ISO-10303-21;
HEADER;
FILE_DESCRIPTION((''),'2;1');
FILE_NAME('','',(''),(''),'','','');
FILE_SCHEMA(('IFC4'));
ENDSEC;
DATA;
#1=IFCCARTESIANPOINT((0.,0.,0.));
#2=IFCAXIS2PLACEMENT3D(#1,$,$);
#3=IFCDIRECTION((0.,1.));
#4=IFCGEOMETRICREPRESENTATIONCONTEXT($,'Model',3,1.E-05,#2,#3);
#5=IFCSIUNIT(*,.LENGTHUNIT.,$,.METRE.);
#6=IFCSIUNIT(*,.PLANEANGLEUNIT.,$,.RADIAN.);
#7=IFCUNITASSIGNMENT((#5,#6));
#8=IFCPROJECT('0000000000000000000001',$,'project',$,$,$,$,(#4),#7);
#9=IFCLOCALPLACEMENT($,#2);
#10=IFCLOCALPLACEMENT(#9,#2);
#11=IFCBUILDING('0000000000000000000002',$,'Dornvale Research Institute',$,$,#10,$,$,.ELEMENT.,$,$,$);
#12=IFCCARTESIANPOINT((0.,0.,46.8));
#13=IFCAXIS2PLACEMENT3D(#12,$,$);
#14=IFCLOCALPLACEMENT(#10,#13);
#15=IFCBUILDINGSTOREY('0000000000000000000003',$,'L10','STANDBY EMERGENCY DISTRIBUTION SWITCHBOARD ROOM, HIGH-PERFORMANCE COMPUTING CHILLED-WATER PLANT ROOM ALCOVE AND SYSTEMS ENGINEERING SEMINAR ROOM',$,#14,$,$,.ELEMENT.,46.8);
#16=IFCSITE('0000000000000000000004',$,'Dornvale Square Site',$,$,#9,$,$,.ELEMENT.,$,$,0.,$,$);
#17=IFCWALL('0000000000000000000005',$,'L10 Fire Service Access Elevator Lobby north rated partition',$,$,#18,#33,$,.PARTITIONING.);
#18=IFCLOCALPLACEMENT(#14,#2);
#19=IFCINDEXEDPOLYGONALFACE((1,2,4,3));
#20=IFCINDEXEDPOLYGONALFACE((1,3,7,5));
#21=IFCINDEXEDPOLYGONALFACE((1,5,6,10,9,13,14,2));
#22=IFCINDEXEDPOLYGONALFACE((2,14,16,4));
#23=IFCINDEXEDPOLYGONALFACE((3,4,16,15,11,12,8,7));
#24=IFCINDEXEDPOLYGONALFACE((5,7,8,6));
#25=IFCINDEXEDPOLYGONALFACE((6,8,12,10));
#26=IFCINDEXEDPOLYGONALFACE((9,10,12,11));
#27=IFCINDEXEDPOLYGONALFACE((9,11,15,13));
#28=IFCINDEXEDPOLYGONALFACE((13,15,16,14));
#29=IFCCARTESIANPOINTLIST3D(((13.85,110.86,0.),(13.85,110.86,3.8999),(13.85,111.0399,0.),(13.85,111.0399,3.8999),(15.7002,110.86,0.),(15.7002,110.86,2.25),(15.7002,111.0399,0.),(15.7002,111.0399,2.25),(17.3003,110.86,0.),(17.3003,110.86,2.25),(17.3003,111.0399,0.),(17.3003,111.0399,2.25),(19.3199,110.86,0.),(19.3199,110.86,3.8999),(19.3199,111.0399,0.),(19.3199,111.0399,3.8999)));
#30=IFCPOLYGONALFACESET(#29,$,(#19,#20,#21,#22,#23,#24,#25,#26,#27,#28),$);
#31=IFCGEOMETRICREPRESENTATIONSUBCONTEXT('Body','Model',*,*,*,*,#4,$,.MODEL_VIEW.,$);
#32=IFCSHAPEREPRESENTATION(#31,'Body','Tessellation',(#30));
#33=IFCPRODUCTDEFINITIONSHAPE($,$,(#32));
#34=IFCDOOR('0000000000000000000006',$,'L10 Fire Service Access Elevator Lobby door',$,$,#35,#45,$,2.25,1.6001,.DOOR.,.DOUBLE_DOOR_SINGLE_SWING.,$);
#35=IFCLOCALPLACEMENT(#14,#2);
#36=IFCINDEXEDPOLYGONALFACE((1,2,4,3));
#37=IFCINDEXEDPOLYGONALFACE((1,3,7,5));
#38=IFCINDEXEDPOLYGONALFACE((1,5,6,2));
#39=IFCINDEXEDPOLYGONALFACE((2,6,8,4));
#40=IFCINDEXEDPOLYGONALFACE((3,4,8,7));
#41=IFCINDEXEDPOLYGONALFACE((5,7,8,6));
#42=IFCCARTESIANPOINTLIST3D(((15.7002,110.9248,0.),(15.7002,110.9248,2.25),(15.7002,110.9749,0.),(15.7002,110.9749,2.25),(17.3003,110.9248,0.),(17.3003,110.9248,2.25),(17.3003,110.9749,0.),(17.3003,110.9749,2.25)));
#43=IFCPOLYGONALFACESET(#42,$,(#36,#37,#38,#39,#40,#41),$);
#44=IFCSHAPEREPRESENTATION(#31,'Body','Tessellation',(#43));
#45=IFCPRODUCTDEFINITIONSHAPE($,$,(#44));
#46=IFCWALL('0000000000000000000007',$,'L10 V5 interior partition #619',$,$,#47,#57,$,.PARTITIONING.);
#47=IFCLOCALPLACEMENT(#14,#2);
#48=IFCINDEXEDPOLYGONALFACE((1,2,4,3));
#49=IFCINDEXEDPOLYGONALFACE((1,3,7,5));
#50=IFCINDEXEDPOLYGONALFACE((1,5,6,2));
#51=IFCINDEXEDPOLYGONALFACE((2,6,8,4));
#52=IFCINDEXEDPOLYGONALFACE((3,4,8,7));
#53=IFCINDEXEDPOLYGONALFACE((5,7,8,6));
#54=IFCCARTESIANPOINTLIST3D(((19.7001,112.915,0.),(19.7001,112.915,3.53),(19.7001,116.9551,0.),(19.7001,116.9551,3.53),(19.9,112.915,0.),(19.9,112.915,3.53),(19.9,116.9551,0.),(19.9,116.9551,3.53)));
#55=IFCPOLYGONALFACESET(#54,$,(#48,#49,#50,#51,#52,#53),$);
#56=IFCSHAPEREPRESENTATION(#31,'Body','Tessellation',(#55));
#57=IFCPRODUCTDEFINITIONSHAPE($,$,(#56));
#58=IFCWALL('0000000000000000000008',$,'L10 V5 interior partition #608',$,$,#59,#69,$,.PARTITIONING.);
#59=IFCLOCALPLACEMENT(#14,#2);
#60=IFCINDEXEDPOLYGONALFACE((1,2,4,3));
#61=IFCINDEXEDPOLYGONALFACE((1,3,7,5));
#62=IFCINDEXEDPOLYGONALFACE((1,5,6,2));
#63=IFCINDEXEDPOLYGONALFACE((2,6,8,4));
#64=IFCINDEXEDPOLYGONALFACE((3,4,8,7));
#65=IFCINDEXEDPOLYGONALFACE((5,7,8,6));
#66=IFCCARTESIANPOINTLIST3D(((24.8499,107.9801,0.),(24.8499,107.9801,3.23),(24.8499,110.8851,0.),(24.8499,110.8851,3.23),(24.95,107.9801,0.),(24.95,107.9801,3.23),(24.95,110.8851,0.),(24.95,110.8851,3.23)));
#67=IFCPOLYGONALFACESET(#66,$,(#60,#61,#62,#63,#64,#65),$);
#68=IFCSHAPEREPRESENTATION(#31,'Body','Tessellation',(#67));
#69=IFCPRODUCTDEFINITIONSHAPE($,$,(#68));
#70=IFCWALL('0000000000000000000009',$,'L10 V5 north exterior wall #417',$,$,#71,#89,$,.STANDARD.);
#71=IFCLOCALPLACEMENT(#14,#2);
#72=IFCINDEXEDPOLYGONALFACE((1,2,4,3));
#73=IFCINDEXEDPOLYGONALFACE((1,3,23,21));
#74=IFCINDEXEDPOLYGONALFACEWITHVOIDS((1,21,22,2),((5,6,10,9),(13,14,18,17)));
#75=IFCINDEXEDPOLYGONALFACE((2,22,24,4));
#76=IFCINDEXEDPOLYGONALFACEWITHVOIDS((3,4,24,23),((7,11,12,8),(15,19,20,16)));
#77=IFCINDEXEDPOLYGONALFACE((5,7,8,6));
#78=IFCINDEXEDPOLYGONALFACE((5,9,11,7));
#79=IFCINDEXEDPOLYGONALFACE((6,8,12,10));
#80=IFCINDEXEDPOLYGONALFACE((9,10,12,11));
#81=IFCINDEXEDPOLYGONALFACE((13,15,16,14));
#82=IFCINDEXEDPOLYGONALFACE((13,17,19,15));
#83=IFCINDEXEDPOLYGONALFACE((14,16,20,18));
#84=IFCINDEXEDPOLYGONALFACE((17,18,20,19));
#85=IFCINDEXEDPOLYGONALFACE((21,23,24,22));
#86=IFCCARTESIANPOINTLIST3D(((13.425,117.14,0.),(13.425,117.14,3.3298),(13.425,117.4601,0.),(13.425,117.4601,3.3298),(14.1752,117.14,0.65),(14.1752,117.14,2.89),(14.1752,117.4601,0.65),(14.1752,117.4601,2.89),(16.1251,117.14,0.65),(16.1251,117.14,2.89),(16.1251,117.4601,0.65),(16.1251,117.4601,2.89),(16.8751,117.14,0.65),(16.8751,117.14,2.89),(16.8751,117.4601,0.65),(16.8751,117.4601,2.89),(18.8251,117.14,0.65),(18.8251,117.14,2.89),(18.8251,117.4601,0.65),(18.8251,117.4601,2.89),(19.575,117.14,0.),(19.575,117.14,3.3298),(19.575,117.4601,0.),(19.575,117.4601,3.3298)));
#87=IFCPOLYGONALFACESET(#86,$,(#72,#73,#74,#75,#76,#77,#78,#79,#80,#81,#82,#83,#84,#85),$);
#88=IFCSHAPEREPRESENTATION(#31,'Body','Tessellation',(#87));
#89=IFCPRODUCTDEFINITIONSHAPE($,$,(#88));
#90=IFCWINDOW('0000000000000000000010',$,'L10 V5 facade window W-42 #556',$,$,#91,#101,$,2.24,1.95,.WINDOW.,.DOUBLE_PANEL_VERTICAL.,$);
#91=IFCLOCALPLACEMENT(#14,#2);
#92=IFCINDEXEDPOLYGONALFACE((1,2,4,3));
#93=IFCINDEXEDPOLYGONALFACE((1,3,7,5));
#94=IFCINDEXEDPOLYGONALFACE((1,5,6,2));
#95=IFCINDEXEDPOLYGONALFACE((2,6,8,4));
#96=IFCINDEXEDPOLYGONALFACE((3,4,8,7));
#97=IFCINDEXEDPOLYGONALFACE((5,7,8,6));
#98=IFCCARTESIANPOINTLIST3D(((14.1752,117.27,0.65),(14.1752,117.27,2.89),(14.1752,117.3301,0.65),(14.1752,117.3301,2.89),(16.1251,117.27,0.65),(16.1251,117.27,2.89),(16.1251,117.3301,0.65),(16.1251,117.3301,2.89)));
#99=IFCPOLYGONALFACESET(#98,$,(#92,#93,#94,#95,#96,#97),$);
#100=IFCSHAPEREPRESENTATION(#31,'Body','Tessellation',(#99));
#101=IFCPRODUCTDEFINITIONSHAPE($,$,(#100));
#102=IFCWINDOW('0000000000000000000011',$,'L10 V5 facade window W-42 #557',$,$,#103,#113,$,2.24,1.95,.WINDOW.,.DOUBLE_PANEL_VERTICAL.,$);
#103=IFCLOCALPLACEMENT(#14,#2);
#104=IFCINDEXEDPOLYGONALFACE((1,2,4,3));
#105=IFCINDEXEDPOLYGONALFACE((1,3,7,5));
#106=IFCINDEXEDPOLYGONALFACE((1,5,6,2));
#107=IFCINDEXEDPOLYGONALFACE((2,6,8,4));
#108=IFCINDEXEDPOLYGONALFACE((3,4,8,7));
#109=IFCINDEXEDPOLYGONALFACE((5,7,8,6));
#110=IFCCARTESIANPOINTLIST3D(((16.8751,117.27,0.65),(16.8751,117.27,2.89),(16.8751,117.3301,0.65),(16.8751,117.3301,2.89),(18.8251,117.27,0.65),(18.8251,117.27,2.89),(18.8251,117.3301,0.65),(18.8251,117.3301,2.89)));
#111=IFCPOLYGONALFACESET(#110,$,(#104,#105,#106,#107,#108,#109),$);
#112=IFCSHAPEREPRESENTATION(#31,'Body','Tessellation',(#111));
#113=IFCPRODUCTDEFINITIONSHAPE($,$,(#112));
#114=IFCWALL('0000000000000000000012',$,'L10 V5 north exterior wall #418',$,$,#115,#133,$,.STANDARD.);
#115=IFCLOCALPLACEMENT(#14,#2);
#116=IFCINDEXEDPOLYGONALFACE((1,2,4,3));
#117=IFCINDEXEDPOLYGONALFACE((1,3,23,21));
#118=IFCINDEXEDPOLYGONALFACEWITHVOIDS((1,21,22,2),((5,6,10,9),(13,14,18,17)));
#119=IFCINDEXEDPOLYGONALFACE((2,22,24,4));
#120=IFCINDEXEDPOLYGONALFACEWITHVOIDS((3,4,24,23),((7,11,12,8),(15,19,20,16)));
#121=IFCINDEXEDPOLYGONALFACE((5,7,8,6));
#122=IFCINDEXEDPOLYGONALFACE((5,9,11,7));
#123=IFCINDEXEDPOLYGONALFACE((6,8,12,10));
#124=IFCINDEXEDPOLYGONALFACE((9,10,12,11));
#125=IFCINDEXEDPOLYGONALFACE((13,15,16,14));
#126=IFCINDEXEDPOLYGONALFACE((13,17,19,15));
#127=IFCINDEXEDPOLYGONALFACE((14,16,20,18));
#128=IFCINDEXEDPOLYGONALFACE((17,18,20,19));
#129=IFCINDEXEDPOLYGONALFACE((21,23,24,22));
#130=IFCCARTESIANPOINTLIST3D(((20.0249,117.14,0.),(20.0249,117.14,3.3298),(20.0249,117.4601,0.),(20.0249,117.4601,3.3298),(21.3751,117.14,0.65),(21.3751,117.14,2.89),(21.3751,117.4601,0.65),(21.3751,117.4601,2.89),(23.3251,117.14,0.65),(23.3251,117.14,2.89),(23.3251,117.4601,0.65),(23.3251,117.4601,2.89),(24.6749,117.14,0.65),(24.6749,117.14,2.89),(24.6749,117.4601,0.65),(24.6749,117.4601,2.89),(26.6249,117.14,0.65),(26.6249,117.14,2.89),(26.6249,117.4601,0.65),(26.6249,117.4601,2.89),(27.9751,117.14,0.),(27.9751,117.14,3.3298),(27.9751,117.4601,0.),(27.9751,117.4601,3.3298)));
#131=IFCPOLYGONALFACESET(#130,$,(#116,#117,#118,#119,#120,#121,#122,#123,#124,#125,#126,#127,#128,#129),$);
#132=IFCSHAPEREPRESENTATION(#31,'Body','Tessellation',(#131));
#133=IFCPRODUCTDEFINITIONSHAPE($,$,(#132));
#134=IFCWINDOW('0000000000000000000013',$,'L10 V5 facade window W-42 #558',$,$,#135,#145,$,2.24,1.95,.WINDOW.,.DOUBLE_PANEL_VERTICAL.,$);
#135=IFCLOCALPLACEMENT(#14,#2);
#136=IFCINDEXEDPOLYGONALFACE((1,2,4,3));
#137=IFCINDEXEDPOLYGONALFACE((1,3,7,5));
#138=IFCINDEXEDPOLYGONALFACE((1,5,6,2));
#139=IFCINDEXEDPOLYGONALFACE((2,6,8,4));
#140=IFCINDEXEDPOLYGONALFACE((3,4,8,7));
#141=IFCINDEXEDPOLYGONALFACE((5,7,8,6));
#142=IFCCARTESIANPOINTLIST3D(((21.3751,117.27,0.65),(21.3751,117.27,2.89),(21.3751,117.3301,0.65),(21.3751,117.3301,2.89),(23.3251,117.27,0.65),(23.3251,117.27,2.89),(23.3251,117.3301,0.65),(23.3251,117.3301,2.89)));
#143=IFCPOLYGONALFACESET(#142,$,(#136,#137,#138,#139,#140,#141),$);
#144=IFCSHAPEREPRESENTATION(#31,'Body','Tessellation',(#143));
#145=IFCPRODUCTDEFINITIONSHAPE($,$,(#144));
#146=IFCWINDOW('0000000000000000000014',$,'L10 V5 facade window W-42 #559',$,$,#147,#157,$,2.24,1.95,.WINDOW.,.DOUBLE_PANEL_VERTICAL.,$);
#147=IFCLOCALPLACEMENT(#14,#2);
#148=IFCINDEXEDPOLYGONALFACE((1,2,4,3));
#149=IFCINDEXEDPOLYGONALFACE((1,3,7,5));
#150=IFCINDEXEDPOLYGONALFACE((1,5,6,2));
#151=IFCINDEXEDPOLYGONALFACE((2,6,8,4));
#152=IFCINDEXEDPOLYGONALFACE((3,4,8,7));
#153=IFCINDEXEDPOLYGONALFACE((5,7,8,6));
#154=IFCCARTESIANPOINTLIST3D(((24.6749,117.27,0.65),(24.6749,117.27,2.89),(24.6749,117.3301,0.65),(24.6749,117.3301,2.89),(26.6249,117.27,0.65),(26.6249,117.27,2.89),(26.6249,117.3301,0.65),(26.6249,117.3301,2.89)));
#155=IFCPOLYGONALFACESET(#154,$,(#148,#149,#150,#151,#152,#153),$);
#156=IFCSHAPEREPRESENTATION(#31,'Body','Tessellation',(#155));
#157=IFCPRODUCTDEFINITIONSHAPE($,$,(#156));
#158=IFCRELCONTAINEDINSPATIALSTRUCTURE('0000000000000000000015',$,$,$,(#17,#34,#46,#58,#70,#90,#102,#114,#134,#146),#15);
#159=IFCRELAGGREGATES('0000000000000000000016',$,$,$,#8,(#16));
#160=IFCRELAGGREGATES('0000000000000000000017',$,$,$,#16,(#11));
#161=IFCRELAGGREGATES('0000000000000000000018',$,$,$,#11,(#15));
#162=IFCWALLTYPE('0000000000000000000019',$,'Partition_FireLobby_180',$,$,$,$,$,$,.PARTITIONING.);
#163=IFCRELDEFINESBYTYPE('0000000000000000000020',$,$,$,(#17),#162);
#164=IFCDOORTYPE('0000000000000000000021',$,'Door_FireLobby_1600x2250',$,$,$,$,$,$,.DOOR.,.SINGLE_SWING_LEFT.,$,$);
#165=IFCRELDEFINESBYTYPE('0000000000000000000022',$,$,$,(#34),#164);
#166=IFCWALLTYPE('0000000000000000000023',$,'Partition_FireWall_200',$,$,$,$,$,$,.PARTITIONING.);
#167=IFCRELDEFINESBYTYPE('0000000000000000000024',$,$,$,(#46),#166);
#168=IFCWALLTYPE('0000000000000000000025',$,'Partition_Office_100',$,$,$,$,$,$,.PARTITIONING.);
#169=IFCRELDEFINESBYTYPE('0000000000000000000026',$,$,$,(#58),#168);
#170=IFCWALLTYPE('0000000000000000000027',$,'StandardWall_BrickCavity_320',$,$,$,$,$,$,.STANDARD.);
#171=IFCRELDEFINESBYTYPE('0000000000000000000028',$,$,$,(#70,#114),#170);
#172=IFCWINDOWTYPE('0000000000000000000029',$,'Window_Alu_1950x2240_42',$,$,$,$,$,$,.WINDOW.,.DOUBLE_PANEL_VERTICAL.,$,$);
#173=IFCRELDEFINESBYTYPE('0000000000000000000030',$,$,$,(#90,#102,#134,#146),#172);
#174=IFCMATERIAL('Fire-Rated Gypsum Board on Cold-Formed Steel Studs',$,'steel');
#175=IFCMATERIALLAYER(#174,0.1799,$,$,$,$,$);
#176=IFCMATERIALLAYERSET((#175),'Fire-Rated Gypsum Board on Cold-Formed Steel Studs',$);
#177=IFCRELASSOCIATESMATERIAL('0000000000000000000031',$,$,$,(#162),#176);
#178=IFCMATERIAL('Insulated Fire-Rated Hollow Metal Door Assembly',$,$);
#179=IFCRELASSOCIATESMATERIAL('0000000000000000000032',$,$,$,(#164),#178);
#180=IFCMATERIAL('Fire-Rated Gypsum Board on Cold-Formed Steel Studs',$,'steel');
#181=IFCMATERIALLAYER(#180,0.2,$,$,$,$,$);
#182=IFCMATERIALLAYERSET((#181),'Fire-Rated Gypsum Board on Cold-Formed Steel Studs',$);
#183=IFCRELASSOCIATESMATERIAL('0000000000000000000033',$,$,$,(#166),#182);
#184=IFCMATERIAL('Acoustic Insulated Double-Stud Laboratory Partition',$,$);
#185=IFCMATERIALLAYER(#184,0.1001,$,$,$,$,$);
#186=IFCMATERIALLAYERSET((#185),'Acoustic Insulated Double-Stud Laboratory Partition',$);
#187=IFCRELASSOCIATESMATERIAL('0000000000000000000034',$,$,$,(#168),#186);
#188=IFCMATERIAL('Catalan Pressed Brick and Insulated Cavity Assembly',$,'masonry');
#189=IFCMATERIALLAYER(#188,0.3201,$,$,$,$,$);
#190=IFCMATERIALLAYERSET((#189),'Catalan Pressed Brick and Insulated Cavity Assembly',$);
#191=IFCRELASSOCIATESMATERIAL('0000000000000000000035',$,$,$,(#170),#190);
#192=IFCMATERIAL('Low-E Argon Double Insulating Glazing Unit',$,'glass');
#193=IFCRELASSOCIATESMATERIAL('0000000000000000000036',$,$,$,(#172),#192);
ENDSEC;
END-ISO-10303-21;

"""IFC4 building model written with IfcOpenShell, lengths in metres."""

from ifc_helpers import new_model, si_unit, direction, frame, frame_2d, origin, place, context, subcontext, project, spatial, rectangle, extrude, material, layer, layer_set, type_object, element, fill, save


model = new_model("IFC4")

# Units and contexts
model_context = context("Model", 3, precision=1e-05, world=origin(), true_north=direction((0.0, 1.0)))
body_context = subcontext(model_context, "Body", "Model", "MODEL_VIEW")
ifc_project = project(units=[si_unit("LENGTHUNIT", "METRE"), si_unit("PLANEANGLEUNIT", "RADIAN")], contexts=[model_context])

# Site, building, storey
site_placement = place(None, origin())
site = spatial("IfcSite", under=ifc_project, at=site_placement, Name="Dornvale Square Site", CompositionType="ELEMENT", RefElevation=0.0)
building_placement = place(site_placement, origin())
building = spatial("IfcBuilding", under=site, at=building_placement, Name="Dornvale Research Institute", CompositionType="ELEMENT")
storey_placement = place(building_placement, frame((0.0, 0.0, 46.8)))
storey = spatial("IfcBuildingStorey", under=building, at=storey_placement, Name="L10", Description="STANDBY EMERGENCY DISTRIBUTION SWITCHBOARD ROOM, HIGH-PERFORMANCE COMPUTING CHILLED-WATER PLANT ROOM ALCOVE AND SYSTEMS ENGINEERING SEMINAR ROOM", CompositionType="ELEMENT", Elevation=46.8)

# Wall, opening, door
ifc_material_1 = material(Name="Fire-Rated Gypsum Board on Cold-Formed Steel Studs", Category="steel")
ifc_layer_1 = layer(ifc_material_1, 0.1799)
ifc_layer_set_1 = layer_set([ifc_layer_1], Name="Fire-Rated Gypsum Board on Cold-Formed Steel Studs")
wall_type_1 = type_object("IfcWallType", Name="Partition_FireLobby_180", PredefinedType="PARTITIONING", material=ifc_layer_set_1)
wall_1_placement = place(storey_placement, frame((13.8501, 110.95, 0.0), z_axis=(0.0, 0.0, 1.0), x_axis=(1.0, 0.0, 0.0)))
wall_1 = element("IfcWall", 1, at=wall_1_placement, inside=storey, type_object=wall_type_1, Name="L10 Fire Service Access Elevator Lobby north rated partition", PredefinedType="PARTITIONING", context=body_context, shape_type="SweptSolid", body=[
    extrude(rectangle(XDim=5.47, YDim=0.1799, at=frame_2d((2.7349, 0.0))), origin(), (0.0, 0.0, 1.0), 3.8999),
])
opening_1_placement = place(wall_1_placement, frame((1.8501, 0.0, 0.0)))
opening_1 = element("IfcOpeningElement", 2, at=opening_1_placement, cuts=wall_1, PredefinedType="OPENING", context=body_context, shape_type="SweptSolid", body=[
    extrude(rectangle(XDim=1.6001, YDim=2.25, at=frame_2d((0.8, 1.125))), frame((0.0, 0.105, 0.0), z_axis=(0.0, -1.0, 0.0), x_axis=(1.0, 0.0, 0.0)), (0.0, 0.0, 1.0), 0.21),
])
ifc_material_2 = material(Name="Insulated Fire-Rated Hollow Metal Door Assembly")
door_type_1 = type_object("IfcDoorType", Name="Door_FireLobby_1600x2250", OperationType="SINGLE_SWING_LEFT", PredefinedType="DOOR", material=ifc_material_2)
door_1_placement = place(opening_1_placement, origin())
door_1 = element("IfcDoor", 3, at=door_1_placement, inside=storey, type_object=door_type_1, Name="L10 Fire Service Access Elevator Lobby door", OperationType="DOUBLE_DOOR_SINGLE_SWING", OverallHeight=2.25, OverallWidth=1.6001, PredefinedType="DOOR", context=body_context, shape_type="SweptSolid", body=[
    extrude(rectangle(XDim=1.6001, YDim=2.25, at=frame_2d((0.8, 1.125))), frame((0.0, 0.0249, 0.0), z_axis=(0.0, -1.0, 0.0), x_axis=(1.0, 0.0, 0.0)), (0.0, 0.0, 1.0), 0.05),
])
fill(opening_1, door_1)

# Wall
ifc_material_3 = material(Name="Fire-Rated Gypsum Board on Cold-Formed Steel Studs", Category="steel")
ifc_layer_2 = layer(ifc_material_3, 0.2)
ifc_layer_set_2 = layer_set([ifc_layer_2], Name="Fire-Rated Gypsum Board on Cold-Formed Steel Studs")
wall_type_2 = type_object("IfcWallType", Name="Partition_FireWall_200", PredefinedType="PARTITIONING", material=ifc_layer_set_2)
wall_2_placement = place(storey_placement, frame((19.8, 112.915, 0.0), z_axis=(0.0, 0.0, 1.0), x_axis=(0.0, 1.0, 0.0)))
element("IfcWall", 4, at=wall_2_placement, inside=storey, type_object=wall_type_2, Name="L10 V5 interior partition #619", PredefinedType="PARTITIONING", context=body_context, shape_type="SweptSolid", body=[
    extrude(rectangle(XDim=4.04, YDim=0.2, at=frame_2d((2.02, 0.0))), origin(), (0.0, 0.0, 1.0), 3.53),
])

# Shared definitions
ifc_material_4 = material(Name="Acoustic Insulated Double-Stud Laboratory Partition")
ifc_layer_3 = layer(ifc_material_4, 0.1001)
ifc_layer_set_3 = layer_set([ifc_layer_3], Name="Acoustic Insulated Double-Stud Laboratory Partition")
wall_type_3 = type_object("IfcWallType", Name="Partition_Office_100", PredefinedType="PARTITIONING", material=ifc_layer_set_3)

# Wall
wall_3_placement = place(storey_placement, frame((24.8999, 107.98, 0.0), z_axis=(0.0, 0.0, 1.0), x_axis=(0.0, 1.0, 0.0)))
element("IfcWall", 5, at=wall_3_placement, inside=storey, type_object=wall_type_3, Name="L10 V5 interior partition #608", PredefinedType="PARTITIONING", context=body_context, shape_type="SweptSolid", body=[
    extrude(rectangle(XDim=2.905, YDim=0.1001, at=frame_2d((1.4526, 0.0))), origin(), (0.0, 0.0, 1.0), 3.23),
])

# Walls, openings, windows
ifc_material_5 = material(Name="Catalan Pressed Brick and Insulated Cavity Assembly", Category="masonry")
ifc_layer_4 = layer(ifc_material_5, 0.3201)
ifc_layer_set_4 = layer_set([ifc_layer_4], Name="Catalan Pressed Brick and Insulated Cavity Assembly")
wall_type_4 = type_object("IfcWallType", Name="StandardWall_BrickCavity_320", PredefinedType="STANDARD", material=ifc_layer_set_4)
wall_4_placement = place(storey_placement, frame((13.425, 117.3, 0.0), z_axis=(0.0, 0.0, 1.0), x_axis=(1.0, 0.0, 0.0)))
wall_4 = element("IfcWall", 6, at=wall_4_placement, inside=storey, type_object=wall_type_4, Name="L10 V5 north exterior wall #417", PredefinedType="STANDARD", context=body_context, shape_type="SweptSolid", body=[
    extrude(rectangle(XDim=6.1499, YDim=0.3201, at=frame_2d((3.075, 0.0))), origin(), (0.0, 0.0, 1.0), 3.3298),
])
opening_2_placement = place(wall_4_placement, frame((0.75, 0.0, 0.6499)))
opening_2 = element("IfcOpeningElement", 7, at=opening_2_placement, cuts=wall_4, PredefinedType="OPENING", context=body_context, shape_type="SweptSolid", body=[
    extrude(rectangle(XDim=1.95, YDim=2.24, at=frame_2d((0.9751, 1.1201))), frame((0.0, 0.175, 0.0), z_axis=(0.0, -1.0, 0.0), x_axis=(1.0, 0.0, 0.0)), (0.0, 0.0, 1.0), 0.3501),
])
opening_3_placement = place(wall_4_placement, frame((3.45, 0.0, 0.6499)))
opening_3 = element("IfcOpeningElement", 8, at=opening_3_placement, cuts=wall_4, PredefinedType="OPENING", context=body_context, shape_type="SweptSolid", body=[
    extrude(rectangle(XDim=1.95, YDim=2.24, at=frame_2d((0.9751, 1.1201))), frame((0.0, 0.175, 0.0), z_axis=(0.0, -1.0, 0.0), x_axis=(1.0, 0.0, 0.0)), (0.0, 0.0, 1.0), 0.3501),
])
ifc_material_6 = material(Name="Low-E Argon Double Insulating Glazing Unit", Category="glass")
window_type = type_object("IfcWindowType", Name="Window_Alu_1950x2240_42", PartitioningType="DOUBLE_PANEL_VERTICAL", PredefinedType="WINDOW", material=ifc_material_6)
window_1_placement = place(opening_2_placement, origin())
window_1 = element("IfcWindow", 9, at=window_1_placement, inside=storey, type_object=window_type, Name="L10 V5 facade window W-42 #556", OverallHeight=2.24, OverallWidth=1.95, PartitioningType="DOUBLE_PANEL_VERTICAL", PredefinedType="WINDOW", context=body_context, shape_type="SweptSolid", body=[
    extrude(rectangle(XDim=1.95, YDim=2.24, at=frame_2d((0.9751, 1.1201))), frame((0.0, 0.03, 0.0), z_axis=(0.0, -1.0, 0.0), x_axis=(1.0, 0.0, 0.0)), (0.0, 0.0, 1.0), 0.0601),
])
fill(opening_2, window_1)
window_2_placement = place(opening_3_placement, origin())
window_2 = element("IfcWindow", 10, at=window_2_placement, inside=storey, type_object=window_type, Name="L10 V5 facade window W-42 #557", OverallHeight=2.24, OverallWidth=1.95, PartitioningType="DOUBLE_PANEL_VERTICAL", PredefinedType="WINDOW", context=body_context, shape_type="SweptSolid", body=[
    extrude(rectangle(XDim=1.95, YDim=2.24, at=frame_2d((0.9751, 1.1201))), frame((0.0, 0.03, 0.0), z_axis=(0.0, -1.0, 0.0), x_axis=(1.0, 0.0, 0.0)), (0.0, 0.0, 1.0), 0.0601),
])
fill(opening_3, window_2)
wall_5_placement = place(storey_placement, frame((20.0249, 117.3, 0.0), z_axis=(0.0, 0.0, 1.0), x_axis=(1.0, 0.0, 0.0)))
wall_5 = element("IfcWall", 11, at=wall_5_placement, inside=storey, type_object=wall_type_4, Name="L10 V5 north exterior wall #418", PredefinedType="STANDARD", context=body_context, shape_type="SweptSolid", body=[
    extrude(rectangle(XDim=7.9502, YDim=0.3201, at=frame_2d((3.9751, 0.0))), origin(), (0.0, 0.0, 1.0), 3.3298),
])
opening_4_placement = place(wall_5_placement, frame((1.3501, 0.0, 0.6499)))
opening_4 = element("IfcOpeningElement", 12, at=opening_4_placement, cuts=wall_5, PredefinedType="OPENING", context=body_context, shape_type="SweptSolid", body=[
    extrude(rectangle(XDim=1.95, YDim=2.24, at=frame_2d((0.9751, 1.1201))), frame((0.0, 0.175, 0.0), z_axis=(0.0, -1.0, 0.0), x_axis=(1.0, 0.0, 0.0)), (0.0, 0.0, 1.0), 0.3501),
])
opening_5_placement = place(wall_5_placement, frame((4.6499, 0.0, 0.6499)))
opening_5 = element("IfcOpeningElement", 13, at=opening_5_placement, cuts=wall_5, PredefinedType="OPENING", context=body_context, shape_type="SweptSolid", body=[
    extrude(rectangle(XDim=1.95, YDim=2.24, at=frame_2d((0.9751, 1.1201))), frame((0.0, 0.175, 0.0), z_axis=(0.0, -1.0, 0.0), x_axis=(1.0, 0.0, 0.0)), (0.0, 0.0, 1.0), 0.3501),
])
window_3_placement = place(opening_4_placement, origin())
window_3 = element("IfcWindow", 14, at=window_3_placement, inside=storey, type_object=window_type, Name="L10 V5 facade window W-42 #558", OverallHeight=2.24, OverallWidth=1.95, PartitioningType="DOUBLE_PANEL_VERTICAL", PredefinedType="WINDOW", context=body_context, shape_type="SweptSolid", body=[
    extrude(rectangle(XDim=1.95, YDim=2.24, at=frame_2d((0.9751, 1.1201))), frame((0.0, 0.03, 0.0), z_axis=(0.0, -1.0, 0.0), x_axis=(1.0, 0.0, 0.0)), (0.0, 0.0, 1.0), 0.0601),
])
fill(opening_4, window_3)
window_4_placement = place(opening_5_placement, origin())
window_4 = element("IfcWindow", 15, at=window_4_placement, inside=storey, type_object=window_type, Name="L10 V5 facade window W-42 #559", OverallHeight=2.24, OverallWidth=1.95, PartitioningType="DOUBLE_PANEL_VERTICAL", PredefinedType="WINDOW", context=body_context, shape_type="SweptSolid", body=[
    extrude(rectangle(XDim=1.95, YDim=2.24, at=frame_2d((0.9751, 1.1201))), frame((0.0, 0.03, 0.0), z_axis=(0.0, -1.0, 0.0), x_axis=(1.0, 0.0, 0.0)), (0.0, 0.0, 1.0), 0.0601),
])
fill(opening_5, window_4)

save(model, "model.ifc")
